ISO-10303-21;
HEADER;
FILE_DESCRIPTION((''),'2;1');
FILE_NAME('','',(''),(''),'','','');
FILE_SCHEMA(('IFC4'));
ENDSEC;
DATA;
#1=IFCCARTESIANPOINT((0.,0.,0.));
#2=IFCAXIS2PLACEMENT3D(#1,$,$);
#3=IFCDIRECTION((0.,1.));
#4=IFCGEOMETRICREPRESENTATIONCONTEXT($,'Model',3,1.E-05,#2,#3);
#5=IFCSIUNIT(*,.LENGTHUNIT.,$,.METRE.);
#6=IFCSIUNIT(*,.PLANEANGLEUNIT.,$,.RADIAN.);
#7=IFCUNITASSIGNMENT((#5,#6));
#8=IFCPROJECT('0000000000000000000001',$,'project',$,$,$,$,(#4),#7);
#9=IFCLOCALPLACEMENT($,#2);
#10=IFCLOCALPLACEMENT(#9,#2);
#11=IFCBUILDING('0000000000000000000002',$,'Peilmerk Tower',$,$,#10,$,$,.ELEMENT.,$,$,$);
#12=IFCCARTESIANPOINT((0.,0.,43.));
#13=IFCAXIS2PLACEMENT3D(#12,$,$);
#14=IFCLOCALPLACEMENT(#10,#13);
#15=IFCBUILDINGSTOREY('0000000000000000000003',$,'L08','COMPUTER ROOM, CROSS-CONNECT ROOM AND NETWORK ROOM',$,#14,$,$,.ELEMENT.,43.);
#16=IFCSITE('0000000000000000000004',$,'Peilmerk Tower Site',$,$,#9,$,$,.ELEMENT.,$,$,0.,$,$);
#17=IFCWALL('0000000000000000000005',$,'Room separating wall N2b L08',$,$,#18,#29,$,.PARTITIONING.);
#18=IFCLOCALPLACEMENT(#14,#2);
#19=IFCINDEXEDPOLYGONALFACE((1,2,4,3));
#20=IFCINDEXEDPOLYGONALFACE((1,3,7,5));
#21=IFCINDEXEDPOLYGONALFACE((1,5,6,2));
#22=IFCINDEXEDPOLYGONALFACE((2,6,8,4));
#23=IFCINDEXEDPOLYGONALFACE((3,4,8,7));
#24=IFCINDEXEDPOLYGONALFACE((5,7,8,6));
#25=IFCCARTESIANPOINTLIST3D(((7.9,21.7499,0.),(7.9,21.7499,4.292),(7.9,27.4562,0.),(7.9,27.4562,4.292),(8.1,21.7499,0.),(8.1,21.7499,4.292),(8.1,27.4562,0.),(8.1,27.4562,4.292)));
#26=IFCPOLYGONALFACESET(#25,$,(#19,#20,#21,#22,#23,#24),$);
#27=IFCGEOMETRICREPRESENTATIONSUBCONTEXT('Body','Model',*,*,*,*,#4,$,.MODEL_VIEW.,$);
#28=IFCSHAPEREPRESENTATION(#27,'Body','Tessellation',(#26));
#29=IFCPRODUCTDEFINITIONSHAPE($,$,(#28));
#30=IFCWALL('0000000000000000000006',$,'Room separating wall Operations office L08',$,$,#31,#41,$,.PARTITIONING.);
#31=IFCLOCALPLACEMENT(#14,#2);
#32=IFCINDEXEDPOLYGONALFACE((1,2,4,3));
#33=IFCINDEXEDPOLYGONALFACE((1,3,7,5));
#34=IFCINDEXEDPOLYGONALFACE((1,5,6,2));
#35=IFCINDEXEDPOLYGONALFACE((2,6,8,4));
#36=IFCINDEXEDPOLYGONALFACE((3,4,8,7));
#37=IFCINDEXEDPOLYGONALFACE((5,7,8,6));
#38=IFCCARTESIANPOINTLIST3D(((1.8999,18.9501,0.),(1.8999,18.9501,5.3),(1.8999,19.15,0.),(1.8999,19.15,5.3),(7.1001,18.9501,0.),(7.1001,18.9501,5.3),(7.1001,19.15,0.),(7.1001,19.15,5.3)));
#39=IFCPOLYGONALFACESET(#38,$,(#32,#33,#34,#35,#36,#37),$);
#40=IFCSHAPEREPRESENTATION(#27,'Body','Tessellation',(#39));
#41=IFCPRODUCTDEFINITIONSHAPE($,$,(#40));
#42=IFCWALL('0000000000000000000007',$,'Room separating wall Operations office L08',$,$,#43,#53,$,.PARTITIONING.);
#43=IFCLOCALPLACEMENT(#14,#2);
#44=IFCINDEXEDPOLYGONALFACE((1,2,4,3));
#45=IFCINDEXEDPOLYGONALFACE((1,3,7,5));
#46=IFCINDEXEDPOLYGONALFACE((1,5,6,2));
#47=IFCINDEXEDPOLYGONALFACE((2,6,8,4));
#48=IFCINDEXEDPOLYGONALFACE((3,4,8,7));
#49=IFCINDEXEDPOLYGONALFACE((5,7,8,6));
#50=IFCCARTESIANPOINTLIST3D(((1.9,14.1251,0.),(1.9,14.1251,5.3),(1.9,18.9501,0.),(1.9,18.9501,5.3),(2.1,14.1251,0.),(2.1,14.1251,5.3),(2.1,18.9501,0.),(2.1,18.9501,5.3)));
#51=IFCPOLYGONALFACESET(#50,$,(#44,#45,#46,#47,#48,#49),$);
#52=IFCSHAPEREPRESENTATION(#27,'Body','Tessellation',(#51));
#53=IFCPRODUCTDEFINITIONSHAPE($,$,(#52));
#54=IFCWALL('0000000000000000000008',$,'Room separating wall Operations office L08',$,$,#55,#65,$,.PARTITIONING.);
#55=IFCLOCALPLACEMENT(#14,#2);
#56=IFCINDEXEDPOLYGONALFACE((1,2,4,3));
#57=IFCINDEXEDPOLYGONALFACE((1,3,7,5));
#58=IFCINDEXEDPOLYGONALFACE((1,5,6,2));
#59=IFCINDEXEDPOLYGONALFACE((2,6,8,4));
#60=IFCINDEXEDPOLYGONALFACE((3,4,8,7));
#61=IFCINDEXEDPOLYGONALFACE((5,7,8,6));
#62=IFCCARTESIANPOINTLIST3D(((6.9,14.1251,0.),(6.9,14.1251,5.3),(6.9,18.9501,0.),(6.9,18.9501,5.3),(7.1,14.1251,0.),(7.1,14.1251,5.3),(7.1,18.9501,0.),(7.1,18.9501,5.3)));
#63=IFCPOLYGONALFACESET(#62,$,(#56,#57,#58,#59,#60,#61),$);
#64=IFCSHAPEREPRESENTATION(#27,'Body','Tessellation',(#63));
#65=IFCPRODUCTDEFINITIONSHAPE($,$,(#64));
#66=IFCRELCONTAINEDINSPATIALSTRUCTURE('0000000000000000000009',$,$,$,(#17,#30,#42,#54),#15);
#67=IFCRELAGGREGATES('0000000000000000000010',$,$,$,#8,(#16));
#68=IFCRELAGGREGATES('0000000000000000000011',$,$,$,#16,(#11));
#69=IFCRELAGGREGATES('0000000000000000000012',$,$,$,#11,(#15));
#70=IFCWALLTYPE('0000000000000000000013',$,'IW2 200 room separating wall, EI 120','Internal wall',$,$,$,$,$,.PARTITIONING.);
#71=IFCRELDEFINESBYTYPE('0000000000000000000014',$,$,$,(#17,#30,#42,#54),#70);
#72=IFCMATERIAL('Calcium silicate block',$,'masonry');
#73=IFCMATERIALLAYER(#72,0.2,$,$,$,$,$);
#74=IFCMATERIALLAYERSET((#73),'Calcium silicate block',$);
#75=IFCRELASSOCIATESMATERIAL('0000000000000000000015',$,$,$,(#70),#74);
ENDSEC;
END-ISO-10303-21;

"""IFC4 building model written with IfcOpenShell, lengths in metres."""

from ifc_helpers import new_model, si_unit, direction, frame, frame_2d, origin, place, context, subcontext, project, spatial, rectangle, extrude, material, layer, layer_set, type_object, element, save


model = new_model("IFC4")

# Units and contexts
model_context = context("Model", 3, precision=1e-05, world=origin(), true_north=direction((0.0, 1.0)))
body_context = subcontext(model_context, "Body", "Model", "MODEL_VIEW")
ifc_project = project(units=[si_unit("LENGTHUNIT", "METRE"), si_unit("PLANEANGLEUNIT", "RADIAN")], contexts=[model_context])

# Site, building, storey
site_placement = place(None, origin())
site = spatial("IfcSite", under=ifc_project, at=site_placement, Name="Peilmerk Tower Site", CompositionType="ELEMENT", RefElevation=0.0)
building_placement = place(site_placement, origin())
building = spatial("IfcBuilding", under=site, at=building_placement, Name="Peilmerk Tower", CompositionType="ELEMENT")
storey_placement = place(building_placement, frame((0.0, 0.0, 43.0)))
storey = spatial("IfcBuildingStorey", under=building, at=storey_placement, Name="L08", Description="COMPUTER ROOM, CROSS-CONNECT ROOM AND NETWORK ROOM", CompositionType="ELEMENT", Elevation=43.0)

# Walls
ifc_material_1 = material(Name="Calcium silicate block", Category="masonry")
ifc_layer = layer(ifc_material_1, 0.2)
ifc_layer_set = layer_set([ifc_layer], Name="Calcium silicate block")
wall_type = type_object("IfcWallType", Name="IW2 200 room separating wall, EI 120", Description="Internal wall", PredefinedType="PARTITIONING", material=ifc_layer_set)
wall_1_placement = place(storey_placement, frame((8.0, 21.75, 0.0), z_axis=(0.0, 0.0, 1.0), x_axis=(0.0, 1.0, 0.0)))
element("IfcWall", 1, at=wall_1_placement, inside=storey, type_object=wall_type, Name="Room separating wall N2b L08", PredefinedType="PARTITIONING", context=body_context, shape_type="SweptSolid", body=[
    extrude(rectangle(XDim=5.7063, YDim=0.2, at=frame_2d((2.853, 0.0))), origin(), (0.0, 0.0, 1.0), 4.292),
])
wall_2_placement = place(storey_placement, frame((1.8999, 19.05, 0.0), z_axis=(0.0, 0.0, 1.0), x_axis=(1.0, 0.0, 0.0)))
element("IfcWall", 2, at=wall_2_placement, inside=storey, type_object=wall_type, Name="Room separating wall Operations office L08", PredefinedType="PARTITIONING", context=body_context, shape_type="SweptSolid", body=[
    extrude(rectangle(XDim=5.2002, YDim=0.2, at=frame_2d((2.6001, 0.0))), origin(), (0.0, 0.0, 1.0), 5.3),
])
for number, where, z_axis, x_axis, name in (
    (3, (2.0, 14.125, 0.0), (0.0, 0.0, 1.0), (0.0, 1.0, 0.0), "Room separating wall Operations office L08"),
    (4, (7.0, 14.125, 0.0), (0.0, 0.0, 1.0), (0.0, 1.0, 0.0), "Room separating wall Operations office L08"),
):
    element("IfcWall", number, at=place(storey_placement, frame(where, z_axis=z_axis, x_axis=x_axis)), inside=storey, type_object=wall_type, Name=name, PredefinedType="PARTITIONING", context=body_context, shape_type="SweptSolid", body=[
        extrude(rectangle(XDim=4.825, YDim=0.2, at=frame_2d((2.4126, 0.0))), origin(), (0.0, 0.0, 1.0), 5.3),
    ])

save(model, "model.ifc")
